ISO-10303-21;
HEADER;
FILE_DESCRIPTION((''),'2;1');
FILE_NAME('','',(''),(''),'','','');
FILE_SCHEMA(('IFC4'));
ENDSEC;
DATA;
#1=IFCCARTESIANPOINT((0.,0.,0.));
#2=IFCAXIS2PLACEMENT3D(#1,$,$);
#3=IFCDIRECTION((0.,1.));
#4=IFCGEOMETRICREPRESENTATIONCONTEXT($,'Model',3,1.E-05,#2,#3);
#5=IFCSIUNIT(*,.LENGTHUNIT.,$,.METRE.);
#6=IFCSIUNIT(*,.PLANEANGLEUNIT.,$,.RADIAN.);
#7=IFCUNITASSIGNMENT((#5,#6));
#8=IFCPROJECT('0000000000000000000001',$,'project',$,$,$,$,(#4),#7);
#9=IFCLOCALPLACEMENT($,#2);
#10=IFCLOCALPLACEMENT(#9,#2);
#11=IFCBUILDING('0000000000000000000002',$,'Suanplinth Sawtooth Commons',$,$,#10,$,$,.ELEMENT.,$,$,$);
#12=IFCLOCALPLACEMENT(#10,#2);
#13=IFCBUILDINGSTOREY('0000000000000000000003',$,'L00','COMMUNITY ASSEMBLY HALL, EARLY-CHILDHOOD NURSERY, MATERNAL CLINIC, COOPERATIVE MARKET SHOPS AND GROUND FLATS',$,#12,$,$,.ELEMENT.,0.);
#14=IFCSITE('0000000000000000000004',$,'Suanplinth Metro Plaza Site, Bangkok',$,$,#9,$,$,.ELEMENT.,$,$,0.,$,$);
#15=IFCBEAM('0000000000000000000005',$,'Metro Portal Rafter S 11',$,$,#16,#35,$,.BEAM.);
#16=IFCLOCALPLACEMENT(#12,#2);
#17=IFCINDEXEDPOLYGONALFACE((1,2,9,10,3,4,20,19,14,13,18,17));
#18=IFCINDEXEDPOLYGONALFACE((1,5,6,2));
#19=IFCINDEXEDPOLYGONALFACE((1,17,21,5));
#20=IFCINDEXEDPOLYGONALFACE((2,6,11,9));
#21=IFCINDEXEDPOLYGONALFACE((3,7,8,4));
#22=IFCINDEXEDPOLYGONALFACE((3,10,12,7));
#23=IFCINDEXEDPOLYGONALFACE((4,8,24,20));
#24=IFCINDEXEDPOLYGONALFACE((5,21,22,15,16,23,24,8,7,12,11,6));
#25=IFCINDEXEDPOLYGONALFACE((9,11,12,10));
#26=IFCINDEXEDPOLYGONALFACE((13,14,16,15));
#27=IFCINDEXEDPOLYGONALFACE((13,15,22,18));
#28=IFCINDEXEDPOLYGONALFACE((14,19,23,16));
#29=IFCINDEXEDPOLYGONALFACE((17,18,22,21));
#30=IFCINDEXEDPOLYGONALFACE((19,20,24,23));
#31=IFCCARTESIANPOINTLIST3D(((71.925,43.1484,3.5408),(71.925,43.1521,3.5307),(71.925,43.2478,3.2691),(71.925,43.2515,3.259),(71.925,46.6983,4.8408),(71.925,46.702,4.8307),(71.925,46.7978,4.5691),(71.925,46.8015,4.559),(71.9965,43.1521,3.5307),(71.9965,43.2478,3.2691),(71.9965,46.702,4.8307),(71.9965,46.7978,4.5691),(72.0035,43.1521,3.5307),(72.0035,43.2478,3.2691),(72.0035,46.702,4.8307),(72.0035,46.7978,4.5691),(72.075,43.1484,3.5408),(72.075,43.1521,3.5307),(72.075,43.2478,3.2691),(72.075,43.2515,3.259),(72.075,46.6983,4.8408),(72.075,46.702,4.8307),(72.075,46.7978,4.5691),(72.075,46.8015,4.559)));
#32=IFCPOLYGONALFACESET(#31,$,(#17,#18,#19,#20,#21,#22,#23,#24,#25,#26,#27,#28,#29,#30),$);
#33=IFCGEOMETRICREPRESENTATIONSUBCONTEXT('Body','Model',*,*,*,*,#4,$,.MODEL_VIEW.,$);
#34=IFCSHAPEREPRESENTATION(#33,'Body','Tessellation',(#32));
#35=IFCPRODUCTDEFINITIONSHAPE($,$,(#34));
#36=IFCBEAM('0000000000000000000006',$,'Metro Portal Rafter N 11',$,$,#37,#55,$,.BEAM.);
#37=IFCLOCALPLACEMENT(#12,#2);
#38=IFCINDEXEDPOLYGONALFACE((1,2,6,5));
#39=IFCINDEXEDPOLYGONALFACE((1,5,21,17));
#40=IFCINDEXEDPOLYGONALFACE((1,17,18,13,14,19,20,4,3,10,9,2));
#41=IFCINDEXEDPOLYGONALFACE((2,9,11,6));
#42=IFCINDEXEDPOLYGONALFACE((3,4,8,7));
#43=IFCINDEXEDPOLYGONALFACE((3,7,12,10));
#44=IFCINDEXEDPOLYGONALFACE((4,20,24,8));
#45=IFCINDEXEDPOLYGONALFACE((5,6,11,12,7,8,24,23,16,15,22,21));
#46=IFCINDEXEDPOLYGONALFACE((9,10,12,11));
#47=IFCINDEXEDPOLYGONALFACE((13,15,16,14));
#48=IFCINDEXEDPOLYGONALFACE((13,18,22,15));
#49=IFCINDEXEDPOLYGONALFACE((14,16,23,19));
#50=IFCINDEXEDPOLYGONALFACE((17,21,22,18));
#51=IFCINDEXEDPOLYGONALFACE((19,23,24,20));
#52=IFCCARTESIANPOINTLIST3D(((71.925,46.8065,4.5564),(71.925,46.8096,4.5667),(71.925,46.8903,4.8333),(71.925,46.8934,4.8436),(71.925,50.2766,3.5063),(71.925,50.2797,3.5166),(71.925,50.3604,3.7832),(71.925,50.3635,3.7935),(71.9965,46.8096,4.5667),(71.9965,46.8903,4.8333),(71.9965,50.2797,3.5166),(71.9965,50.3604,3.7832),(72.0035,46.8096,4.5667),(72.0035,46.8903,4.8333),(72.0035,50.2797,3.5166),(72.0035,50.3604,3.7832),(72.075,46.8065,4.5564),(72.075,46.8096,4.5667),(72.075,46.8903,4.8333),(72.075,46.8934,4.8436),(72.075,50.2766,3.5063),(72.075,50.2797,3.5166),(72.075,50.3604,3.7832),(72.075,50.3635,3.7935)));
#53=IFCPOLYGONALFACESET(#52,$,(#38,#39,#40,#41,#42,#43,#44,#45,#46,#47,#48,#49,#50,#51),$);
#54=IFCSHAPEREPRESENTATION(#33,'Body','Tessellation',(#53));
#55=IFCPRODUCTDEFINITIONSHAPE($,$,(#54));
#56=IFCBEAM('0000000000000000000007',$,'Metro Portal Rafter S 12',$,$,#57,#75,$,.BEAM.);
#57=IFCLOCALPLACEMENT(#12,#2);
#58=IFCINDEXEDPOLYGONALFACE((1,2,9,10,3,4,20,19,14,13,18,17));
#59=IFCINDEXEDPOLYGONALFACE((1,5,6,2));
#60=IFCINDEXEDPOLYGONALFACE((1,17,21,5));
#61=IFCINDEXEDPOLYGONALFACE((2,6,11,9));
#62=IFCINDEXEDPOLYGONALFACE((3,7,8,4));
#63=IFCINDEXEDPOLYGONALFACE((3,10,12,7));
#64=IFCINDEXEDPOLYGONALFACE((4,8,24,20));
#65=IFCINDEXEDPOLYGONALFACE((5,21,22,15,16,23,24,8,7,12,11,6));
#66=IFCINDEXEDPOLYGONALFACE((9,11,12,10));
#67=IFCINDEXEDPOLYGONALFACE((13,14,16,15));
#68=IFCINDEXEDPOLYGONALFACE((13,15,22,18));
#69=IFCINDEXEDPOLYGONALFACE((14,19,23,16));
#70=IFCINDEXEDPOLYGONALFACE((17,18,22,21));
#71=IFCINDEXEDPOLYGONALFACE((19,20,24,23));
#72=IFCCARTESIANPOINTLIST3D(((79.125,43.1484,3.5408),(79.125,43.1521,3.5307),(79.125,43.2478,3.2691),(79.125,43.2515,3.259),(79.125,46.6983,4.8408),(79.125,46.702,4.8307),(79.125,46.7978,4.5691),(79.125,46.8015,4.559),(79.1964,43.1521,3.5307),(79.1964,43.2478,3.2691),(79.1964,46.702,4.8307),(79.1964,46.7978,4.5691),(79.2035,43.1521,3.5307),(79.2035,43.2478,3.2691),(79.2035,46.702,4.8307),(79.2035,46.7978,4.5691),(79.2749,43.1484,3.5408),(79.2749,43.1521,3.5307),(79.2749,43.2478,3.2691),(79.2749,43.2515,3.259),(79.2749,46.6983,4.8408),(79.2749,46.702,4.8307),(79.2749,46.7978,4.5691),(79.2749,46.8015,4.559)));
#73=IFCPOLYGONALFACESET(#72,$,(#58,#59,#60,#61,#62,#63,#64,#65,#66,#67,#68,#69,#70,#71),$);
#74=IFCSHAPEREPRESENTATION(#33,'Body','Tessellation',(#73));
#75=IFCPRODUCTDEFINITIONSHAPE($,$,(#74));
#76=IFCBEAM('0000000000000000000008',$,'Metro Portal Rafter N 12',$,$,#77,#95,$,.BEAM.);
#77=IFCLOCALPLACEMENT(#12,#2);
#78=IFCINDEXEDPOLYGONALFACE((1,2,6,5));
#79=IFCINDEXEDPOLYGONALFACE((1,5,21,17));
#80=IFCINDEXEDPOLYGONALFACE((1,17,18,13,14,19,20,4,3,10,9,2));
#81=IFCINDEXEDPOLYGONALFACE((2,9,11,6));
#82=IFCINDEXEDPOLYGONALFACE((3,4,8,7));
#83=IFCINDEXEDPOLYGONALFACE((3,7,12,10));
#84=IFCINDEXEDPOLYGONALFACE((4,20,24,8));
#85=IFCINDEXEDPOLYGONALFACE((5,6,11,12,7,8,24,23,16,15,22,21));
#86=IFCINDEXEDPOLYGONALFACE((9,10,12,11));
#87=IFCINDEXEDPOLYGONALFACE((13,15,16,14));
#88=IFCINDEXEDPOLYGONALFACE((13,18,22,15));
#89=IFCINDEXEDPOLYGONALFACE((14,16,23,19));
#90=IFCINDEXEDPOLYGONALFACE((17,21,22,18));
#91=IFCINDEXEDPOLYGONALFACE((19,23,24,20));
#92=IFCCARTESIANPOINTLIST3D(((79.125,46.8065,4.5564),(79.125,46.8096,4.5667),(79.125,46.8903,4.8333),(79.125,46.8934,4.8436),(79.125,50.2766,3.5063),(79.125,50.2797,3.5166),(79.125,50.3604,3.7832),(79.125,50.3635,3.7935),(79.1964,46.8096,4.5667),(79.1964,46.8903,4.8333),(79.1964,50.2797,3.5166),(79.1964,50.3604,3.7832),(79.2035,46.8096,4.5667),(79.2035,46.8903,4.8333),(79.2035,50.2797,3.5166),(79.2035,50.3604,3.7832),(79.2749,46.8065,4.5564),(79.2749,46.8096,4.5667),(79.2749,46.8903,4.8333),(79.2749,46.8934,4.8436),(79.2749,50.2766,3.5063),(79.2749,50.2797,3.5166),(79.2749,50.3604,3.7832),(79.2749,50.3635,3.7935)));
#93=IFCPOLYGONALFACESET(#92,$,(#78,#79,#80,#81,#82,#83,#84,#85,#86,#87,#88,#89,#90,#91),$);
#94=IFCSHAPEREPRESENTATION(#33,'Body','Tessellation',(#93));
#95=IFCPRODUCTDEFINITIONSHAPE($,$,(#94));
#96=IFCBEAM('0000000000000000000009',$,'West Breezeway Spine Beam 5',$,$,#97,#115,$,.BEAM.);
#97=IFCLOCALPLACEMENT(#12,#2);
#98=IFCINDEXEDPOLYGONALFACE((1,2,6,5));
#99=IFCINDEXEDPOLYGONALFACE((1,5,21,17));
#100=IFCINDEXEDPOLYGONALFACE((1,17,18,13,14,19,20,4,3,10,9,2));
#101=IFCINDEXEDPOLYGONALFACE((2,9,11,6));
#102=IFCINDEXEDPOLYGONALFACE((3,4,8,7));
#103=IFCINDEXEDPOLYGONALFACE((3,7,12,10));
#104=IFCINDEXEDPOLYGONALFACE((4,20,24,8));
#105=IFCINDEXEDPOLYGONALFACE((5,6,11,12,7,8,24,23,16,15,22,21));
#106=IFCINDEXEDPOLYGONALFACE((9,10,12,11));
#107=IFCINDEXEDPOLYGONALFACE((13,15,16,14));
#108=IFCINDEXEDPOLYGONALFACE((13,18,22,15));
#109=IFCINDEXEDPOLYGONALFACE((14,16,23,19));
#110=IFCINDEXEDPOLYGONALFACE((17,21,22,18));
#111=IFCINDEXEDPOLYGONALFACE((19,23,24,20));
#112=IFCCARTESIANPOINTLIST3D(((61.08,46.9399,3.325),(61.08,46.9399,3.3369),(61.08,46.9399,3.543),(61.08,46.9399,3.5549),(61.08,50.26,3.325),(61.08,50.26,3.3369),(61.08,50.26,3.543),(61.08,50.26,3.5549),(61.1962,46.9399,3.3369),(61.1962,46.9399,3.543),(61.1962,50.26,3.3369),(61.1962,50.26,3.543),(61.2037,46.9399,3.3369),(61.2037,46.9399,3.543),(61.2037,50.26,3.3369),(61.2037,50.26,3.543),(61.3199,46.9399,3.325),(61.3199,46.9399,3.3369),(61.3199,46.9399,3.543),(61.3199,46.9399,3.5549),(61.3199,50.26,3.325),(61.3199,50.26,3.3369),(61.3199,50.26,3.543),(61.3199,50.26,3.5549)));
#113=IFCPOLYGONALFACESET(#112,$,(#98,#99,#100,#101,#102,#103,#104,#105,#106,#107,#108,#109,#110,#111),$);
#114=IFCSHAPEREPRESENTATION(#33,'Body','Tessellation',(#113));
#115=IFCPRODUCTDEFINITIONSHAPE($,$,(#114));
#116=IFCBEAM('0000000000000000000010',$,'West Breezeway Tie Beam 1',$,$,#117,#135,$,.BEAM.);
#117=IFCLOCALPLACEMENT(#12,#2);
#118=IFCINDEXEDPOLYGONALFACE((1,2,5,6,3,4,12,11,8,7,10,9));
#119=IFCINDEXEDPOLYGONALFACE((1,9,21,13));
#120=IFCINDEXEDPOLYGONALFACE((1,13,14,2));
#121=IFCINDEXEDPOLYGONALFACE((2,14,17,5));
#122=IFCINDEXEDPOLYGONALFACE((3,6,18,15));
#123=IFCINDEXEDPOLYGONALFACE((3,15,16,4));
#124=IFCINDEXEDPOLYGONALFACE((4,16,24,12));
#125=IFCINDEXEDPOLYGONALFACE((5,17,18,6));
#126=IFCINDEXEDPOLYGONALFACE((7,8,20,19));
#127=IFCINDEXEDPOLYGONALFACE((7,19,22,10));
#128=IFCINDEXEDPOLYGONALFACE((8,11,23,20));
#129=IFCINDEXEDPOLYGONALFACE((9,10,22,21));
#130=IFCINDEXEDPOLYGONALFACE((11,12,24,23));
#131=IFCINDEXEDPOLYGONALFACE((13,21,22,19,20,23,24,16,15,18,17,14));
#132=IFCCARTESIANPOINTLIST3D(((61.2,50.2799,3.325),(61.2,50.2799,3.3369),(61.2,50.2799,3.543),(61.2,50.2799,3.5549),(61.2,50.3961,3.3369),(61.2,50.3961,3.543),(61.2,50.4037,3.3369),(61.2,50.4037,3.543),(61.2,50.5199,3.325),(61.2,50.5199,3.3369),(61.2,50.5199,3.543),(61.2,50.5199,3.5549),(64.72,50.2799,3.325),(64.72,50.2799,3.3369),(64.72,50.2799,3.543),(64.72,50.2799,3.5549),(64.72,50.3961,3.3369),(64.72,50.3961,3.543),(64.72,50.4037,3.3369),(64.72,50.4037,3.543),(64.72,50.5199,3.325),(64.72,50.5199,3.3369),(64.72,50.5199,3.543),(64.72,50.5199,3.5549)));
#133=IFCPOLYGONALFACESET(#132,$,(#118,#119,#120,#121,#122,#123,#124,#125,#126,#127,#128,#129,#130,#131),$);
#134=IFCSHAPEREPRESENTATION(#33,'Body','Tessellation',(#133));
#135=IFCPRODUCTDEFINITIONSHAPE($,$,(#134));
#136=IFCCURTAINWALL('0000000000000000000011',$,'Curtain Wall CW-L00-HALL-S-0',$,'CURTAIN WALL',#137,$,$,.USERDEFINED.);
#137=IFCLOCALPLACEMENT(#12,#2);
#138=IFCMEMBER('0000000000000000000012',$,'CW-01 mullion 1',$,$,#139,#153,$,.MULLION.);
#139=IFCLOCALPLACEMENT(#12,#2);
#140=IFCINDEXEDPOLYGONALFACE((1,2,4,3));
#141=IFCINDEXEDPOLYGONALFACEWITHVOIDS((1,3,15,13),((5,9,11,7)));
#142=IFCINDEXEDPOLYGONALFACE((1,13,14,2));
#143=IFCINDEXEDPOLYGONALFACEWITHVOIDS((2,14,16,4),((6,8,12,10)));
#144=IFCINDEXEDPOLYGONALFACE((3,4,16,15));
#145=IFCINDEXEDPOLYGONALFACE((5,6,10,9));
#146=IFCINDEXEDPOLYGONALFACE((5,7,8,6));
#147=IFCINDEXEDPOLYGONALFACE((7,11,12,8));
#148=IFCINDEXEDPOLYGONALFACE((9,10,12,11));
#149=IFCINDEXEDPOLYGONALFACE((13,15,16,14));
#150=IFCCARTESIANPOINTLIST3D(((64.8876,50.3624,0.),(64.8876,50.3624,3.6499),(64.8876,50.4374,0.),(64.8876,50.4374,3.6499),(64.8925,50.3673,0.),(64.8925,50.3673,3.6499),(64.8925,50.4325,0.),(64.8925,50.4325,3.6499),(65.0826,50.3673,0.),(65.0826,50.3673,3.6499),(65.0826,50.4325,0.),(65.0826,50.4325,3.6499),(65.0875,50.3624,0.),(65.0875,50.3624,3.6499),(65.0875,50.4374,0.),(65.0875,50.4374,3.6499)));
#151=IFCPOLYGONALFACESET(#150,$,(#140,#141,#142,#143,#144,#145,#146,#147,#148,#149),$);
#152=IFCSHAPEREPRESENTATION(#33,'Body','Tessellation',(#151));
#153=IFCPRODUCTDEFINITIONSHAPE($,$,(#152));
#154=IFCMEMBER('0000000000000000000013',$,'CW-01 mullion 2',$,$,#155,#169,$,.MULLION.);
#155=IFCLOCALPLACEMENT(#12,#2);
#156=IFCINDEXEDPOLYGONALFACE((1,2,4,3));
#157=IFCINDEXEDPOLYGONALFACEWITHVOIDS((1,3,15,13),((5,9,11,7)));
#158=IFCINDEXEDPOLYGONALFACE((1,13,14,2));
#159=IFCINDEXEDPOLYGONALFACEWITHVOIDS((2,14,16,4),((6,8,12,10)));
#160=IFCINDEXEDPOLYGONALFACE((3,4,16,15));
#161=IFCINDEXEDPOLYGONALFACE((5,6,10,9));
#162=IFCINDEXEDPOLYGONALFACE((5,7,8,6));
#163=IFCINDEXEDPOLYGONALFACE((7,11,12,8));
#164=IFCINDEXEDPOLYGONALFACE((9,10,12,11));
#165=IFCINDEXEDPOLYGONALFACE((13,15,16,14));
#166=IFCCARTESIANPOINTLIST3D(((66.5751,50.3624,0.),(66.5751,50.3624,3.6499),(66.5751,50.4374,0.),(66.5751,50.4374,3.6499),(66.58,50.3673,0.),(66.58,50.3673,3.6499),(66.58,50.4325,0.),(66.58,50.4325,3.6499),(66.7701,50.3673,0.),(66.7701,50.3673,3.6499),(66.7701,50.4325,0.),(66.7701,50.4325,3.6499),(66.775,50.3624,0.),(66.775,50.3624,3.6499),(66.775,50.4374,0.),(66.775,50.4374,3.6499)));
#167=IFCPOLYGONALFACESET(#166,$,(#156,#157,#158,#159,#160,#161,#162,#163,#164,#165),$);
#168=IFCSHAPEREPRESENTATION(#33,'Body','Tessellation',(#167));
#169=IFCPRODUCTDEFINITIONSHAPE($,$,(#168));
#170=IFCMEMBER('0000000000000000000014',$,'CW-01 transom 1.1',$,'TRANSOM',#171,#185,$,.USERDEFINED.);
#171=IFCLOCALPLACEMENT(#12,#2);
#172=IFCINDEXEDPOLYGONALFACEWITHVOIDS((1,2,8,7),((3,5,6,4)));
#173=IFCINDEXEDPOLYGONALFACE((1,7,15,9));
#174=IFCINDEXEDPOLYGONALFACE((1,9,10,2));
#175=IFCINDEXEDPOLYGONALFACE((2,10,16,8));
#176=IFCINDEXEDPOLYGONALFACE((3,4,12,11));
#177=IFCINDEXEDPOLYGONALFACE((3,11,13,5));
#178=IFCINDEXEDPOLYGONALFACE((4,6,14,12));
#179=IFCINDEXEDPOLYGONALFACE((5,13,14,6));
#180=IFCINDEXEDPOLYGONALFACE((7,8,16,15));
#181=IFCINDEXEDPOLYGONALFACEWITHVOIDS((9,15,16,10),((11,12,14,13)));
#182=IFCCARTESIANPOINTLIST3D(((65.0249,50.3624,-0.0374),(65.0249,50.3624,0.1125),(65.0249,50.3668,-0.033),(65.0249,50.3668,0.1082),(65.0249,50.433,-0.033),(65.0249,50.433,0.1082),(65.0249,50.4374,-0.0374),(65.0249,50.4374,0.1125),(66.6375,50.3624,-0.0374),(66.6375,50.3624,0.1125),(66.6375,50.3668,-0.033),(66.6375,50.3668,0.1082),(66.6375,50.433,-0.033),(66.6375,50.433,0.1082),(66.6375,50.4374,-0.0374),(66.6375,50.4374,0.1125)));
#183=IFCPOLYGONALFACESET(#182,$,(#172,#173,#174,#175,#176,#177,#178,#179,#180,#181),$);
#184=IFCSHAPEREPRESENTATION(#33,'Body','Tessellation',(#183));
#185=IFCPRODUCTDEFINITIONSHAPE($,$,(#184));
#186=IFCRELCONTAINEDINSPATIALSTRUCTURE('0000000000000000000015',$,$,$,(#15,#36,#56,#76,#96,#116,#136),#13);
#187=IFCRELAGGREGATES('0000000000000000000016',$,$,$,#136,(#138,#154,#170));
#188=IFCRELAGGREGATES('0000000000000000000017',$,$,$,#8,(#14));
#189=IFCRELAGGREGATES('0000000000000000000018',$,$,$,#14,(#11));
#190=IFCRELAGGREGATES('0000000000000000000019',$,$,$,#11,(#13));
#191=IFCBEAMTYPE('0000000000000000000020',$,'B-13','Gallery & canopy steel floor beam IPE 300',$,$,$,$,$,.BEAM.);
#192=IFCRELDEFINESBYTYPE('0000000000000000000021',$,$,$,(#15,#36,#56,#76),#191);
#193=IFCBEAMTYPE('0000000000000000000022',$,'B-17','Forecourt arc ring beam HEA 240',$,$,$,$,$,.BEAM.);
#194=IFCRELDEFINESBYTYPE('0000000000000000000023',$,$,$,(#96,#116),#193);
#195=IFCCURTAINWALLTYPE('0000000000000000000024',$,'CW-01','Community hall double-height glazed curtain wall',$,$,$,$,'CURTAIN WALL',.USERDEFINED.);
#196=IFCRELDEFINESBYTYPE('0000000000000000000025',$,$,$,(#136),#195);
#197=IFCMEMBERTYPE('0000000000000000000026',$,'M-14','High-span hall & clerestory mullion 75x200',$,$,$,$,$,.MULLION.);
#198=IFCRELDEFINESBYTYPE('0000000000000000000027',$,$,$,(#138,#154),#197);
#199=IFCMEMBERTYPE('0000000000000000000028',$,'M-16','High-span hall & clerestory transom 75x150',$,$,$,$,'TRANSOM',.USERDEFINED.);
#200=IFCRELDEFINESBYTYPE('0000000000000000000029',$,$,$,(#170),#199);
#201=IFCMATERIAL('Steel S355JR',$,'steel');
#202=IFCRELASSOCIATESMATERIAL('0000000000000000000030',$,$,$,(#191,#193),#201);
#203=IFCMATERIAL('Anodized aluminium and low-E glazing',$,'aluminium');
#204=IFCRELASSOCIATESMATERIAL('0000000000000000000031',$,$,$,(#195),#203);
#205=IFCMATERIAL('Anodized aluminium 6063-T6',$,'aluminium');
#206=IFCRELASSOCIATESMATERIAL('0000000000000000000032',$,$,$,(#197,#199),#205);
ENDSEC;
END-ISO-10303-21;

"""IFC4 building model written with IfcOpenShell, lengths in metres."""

from ifc_helpers import new_model, si_unit, direction, frame, origin, origin_2d, place, context, subcontext, project, spatial, hollow_rectangle, i_section, extrude, material, material_profile, profile_set, type_object, element, aggregate, save


model = new_model("IFC4")

# Units and contexts
model_context = context("Model", 3, precision=1e-05, world=origin(), true_north=direction((0.0, 1.0)))
body_context = subcontext(model_context, "Body", "Model", "MODEL_VIEW")
ifc_project = project(units=[si_unit("LENGTHUNIT", "METRE"), si_unit("PLANEANGLEUNIT", "RADIAN")], contexts=[model_context])

# Site, building, storey
site_placement = place(None, origin())
site = spatial("IfcSite", under=ifc_project, at=site_placement, Name="Suanplinth Metro Plaza Site, Bangkok", CompositionType="ELEMENT", RefElevation=0.0)
building_placement = place(site_placement, origin())
building = spatial("IfcBuilding", under=site, at=building_placement, Name="Suanplinth Sawtooth Commons", CompositionType="ELEMENT")
storey_placement = place(building_placement, origin())
storey = spatial("IfcBuildingStorey", under=building, at=storey_placement, Name="L00", Description="COMMUNITY ASSEMBLY HALL, EARLY-CHILDHOOD NURSERY, MATERNAL CLINIC, COOPERATIVE MARKET SHOPS AND GROUND FLATS", CompositionType="ELEMENT", Elevation=0.0)

# Shared definitions
ifc_material_1 = material(Name="Steel S355JR", Category="steel")

# Beams
ifc_material_profile_1 = material_profile(ifc_material_1, i_section(OverallWidth=0.1499, OverallDepth=0.3, WebThickness=0.0071, FlangeThickness=0.0107, at=origin_2d()), Name="IPE 300")
ifc_profile_set_1 = profile_set([ifc_material_profile_1], Name="Steel S355JR")
beam_type_1 = type_object("IfcBeamType", Name="B-13", Description="Gallery & canopy steel floor beam IPE 300", PredefinedType="BEAM", material=ifc_profile_set_1)
beam_1_placement = place(storey_placement, frame((72.0, 43.2, 3.3999), z_axis=(0.0, 0.939016, 0.343873), x_axis=(-1.0, 0.0, 0.0)))
element("IfcBeam", 1, at=beam_1_placement, inside=storey, type_object=beam_type_1, Name="Metro Portal Rafter S 11", PredefinedType="BEAM", context=body_context, shape_type="SweptSolid", body=[
    extrude(i_section(OverallWidth=0.1499, OverallDepth=0.3, WebThickness=0.0071, FlangeThickness=0.0107, at=origin_2d()), origin(), (0.0, 0.0, 1.0), 3.7805),
])
beam_2_placement = place(storey_placement, frame((72.0, 50.3201, 3.6499), z_axis=(0.0, -0.957136, 0.289639), x_axis=(1.0, 0.0, 0.0)))
element("IfcBeam", 2, at=beam_2_placement, inside=storey, type_object=beam_type_1, Name="Metro Portal Rafter N 11", PredefinedType="BEAM", context=body_context, shape_type="SweptSolid", body=[
    extrude(i_section(OverallWidth=0.1499, OverallDepth=0.3, WebThickness=0.0071, FlangeThickness=0.0107, at=origin_2d()), origin(), (0.0, 0.0, 1.0), 3.6255),
])
beam_3_placement = place(storey_placement, frame((79.2, 43.2, 3.3999), z_axis=(0.0, 0.939016, 0.343873), x_axis=(-1.0, 0.0, 0.0)))
element("IfcBeam", 3, at=beam_3_placement, inside=storey, type_object=beam_type_1, Name="Metro Portal Rafter S 12", PredefinedType="BEAM", context=body_context, shape_type="SweptSolid", body=[
    extrude(i_section(OverallWidth=0.1499, OverallDepth=0.3, WebThickness=0.0071, FlangeThickness=0.0107, at=origin_2d()), origin(), (0.0, 0.0, 1.0), 3.7805),
])
beam_4_placement = place(storey_placement, frame((79.2, 50.3201, 3.6499), z_axis=(0.0, -0.957136, 0.289639), x_axis=(1.0, 0.0, 0.0)))
element("IfcBeam", 4, at=beam_4_placement, inside=storey, type_object=beam_type_1, Name="Metro Portal Rafter N 12", PredefinedType="BEAM", context=body_context, shape_type="SweptSolid", body=[
    extrude(i_section(OverallWidth=0.1499, OverallDepth=0.3, WebThickness=0.0071, FlangeThickness=0.0107, at=origin_2d()), origin(), (0.0, 0.0, 1.0), 3.6255),
])
ifc_material_profile_2 = material_profile(ifc_material_1, i_section(OverallWidth=0.24, OverallDepth=0.23, WebThickness=0.0076, FlangeThickness=0.012, at=origin_2d()), Name="HEA 240")
ifc_profile_set_2 = profile_set([ifc_material_profile_2], Name="Steel S355JR")
beam_type_2 = type_object("IfcBeamType", Name="B-17", Description="Forecourt arc ring beam HEA 240", PredefinedType="BEAM", material=ifc_profile_set_2)
beam_5_placement = place(storey_placement, frame((61.2, 46.9399, 3.4399), z_axis=(0.0, 1.0, 0.0), x_axis=(-1.0, 0.0, 0.0)))
element("IfcBeam", 5, at=beam_5_placement, inside=storey, type_object=beam_type_2, Name="West Breezeway Spine Beam 5", PredefinedType="BEAM", context=body_context, shape_type="SweptSolid", body=[
    extrude(i_section(OverallWidth=0.24, OverallDepth=0.23, WebThickness=0.0076, FlangeThickness=0.012, at=origin_2d()), origin(), (0.0, 0.0, 1.0), 3.3201),
])
beam_6_placement = place(storey_placement, frame((61.2, 50.3999, 3.4399), z_axis=(1.0, 0.0, 0.0), x_axis=(0.0, 1.0, 0.0)))
element("IfcBeam", 6, at=beam_6_placement, inside=storey, type_object=beam_type_2, Name="West Breezeway Tie Beam 1", PredefinedType="BEAM", context=body_context, shape_type="SweptSolid", body=[
    extrude(i_section(OverallWidth=0.24, OverallDepth=0.23, WebThickness=0.0076, FlangeThickness=0.012, at=origin_2d()), origin(), (0.0, 0.0, 1.0), 3.52),
])

# Curtain wall, members
ifc_material_2 = material(Name="Anodized aluminium and low-E glazing", Category="aluminium")
curtain_wall_type = type_object("IfcCurtainWallType", Name="CW-01", Description="Community hall double-height glazed curtain wall", ElementType="CURTAIN WALL", PredefinedType="USERDEFINED", material=ifc_material_2)
curtain_wall_placement = place(storey_placement, origin())
curtain_wall = element("IfcCurtainWall", 7, at=curtain_wall_placement, inside=storey, type_object=curtain_wall_type, Name="Curtain Wall CW-L00-HALL-S-0", ObjectType="CURTAIN WALL", PredefinedType="USERDEFINED")
ifc_material_3 = material(Name="Anodized aluminium 6063-T6", Category="aluminium")
ifc_material_profile_3 = material_profile(ifc_material_3, hollow_rectangle(XDim=0.075, YDim=0.2, WallThickness=0.0049, at=origin_2d()), Name="ALU-MUL 75x200")
ifc_profile_set_3 = profile_set([ifc_material_profile_3], Name="Anodized aluminium 6063-T6")
member_type_1 = type_object("IfcMemberType", Name="M-14", Description="High-span hall & clerestory mullion 75x200", PredefinedType="MULLION", material=ifc_profile_set_3)
member_1_placement = place(storey_placement, frame((64.9875, 50.3999, 0.0), z_axis=(0.0, 0.0, 1.0), x_axis=(0.0, 1.0, 0.0)))
member_1 = element("IfcMember", 8, at=member_1_placement, type_object=member_type_1, Name="CW-01 mullion 1", PredefinedType="MULLION", context=body_context, shape_type="SweptSolid", body=[
    extrude(hollow_rectangle(XDim=0.075, YDim=0.2, WallThickness=0.0049, at=origin_2d()), origin(), (0.0, 0.0, 1.0), 3.6499),
])
member_2_placement = place(storey_placement, frame((66.675, 50.3999, 0.0), z_axis=(0.0, 0.0, 1.0), x_axis=(0.0, 1.0, 0.0)))
member_2 = element("IfcMember", 9, at=member_2_placement, type_object=member_type_1, Name="CW-01 mullion 2", PredefinedType="MULLION", context=body_context, shape_type="SweptSolid", body=[
    extrude(hollow_rectangle(XDim=0.075, YDim=0.2, WallThickness=0.0049, at=origin_2d()), origin(), (0.0, 0.0, 1.0), 3.6499),
])
ifc_material_profile_4 = material_profile(ifc_material_3, hollow_rectangle(XDim=0.075, YDim=0.1499, WallThickness=0.0044, at=origin_2d()), Name="ALU-TRN 75x150")
ifc_profile_set_4 = profile_set([ifc_material_profile_4], Name="Anodized aluminium 6063-T6")
member_type_2 = type_object("IfcMemberType", Name="M-16", Description="High-span hall & clerestory transom 75x150", ElementType="TRANSOM", PredefinedType="USERDEFINED", material=ifc_profile_set_4)
member_3_placement = place(storey_placement, frame((65.0249, 50.3999, 0.0376), z_axis=(1.0, 0.0, 0.0), x_axis=(0.0, 1.0, 0.0)))
member_3 = element("IfcMember", 10, at=member_3_placement, type_object=member_type_2, Name="CW-01 transom 1.1", ObjectType="TRANSOM", PredefinedType="USERDEFINED", context=body_context, shape_type="SweptSolid", body=[
    extrude(hollow_rectangle(XDim=0.075, YDim=0.1499, WallThickness=0.0044, at=origin_2d()), origin(), (0.0, 0.0, 1.0), 1.6125),
])
aggregate(curtain_wall, [member_1, member_2, member_3])

save(model, "model.ifc")
